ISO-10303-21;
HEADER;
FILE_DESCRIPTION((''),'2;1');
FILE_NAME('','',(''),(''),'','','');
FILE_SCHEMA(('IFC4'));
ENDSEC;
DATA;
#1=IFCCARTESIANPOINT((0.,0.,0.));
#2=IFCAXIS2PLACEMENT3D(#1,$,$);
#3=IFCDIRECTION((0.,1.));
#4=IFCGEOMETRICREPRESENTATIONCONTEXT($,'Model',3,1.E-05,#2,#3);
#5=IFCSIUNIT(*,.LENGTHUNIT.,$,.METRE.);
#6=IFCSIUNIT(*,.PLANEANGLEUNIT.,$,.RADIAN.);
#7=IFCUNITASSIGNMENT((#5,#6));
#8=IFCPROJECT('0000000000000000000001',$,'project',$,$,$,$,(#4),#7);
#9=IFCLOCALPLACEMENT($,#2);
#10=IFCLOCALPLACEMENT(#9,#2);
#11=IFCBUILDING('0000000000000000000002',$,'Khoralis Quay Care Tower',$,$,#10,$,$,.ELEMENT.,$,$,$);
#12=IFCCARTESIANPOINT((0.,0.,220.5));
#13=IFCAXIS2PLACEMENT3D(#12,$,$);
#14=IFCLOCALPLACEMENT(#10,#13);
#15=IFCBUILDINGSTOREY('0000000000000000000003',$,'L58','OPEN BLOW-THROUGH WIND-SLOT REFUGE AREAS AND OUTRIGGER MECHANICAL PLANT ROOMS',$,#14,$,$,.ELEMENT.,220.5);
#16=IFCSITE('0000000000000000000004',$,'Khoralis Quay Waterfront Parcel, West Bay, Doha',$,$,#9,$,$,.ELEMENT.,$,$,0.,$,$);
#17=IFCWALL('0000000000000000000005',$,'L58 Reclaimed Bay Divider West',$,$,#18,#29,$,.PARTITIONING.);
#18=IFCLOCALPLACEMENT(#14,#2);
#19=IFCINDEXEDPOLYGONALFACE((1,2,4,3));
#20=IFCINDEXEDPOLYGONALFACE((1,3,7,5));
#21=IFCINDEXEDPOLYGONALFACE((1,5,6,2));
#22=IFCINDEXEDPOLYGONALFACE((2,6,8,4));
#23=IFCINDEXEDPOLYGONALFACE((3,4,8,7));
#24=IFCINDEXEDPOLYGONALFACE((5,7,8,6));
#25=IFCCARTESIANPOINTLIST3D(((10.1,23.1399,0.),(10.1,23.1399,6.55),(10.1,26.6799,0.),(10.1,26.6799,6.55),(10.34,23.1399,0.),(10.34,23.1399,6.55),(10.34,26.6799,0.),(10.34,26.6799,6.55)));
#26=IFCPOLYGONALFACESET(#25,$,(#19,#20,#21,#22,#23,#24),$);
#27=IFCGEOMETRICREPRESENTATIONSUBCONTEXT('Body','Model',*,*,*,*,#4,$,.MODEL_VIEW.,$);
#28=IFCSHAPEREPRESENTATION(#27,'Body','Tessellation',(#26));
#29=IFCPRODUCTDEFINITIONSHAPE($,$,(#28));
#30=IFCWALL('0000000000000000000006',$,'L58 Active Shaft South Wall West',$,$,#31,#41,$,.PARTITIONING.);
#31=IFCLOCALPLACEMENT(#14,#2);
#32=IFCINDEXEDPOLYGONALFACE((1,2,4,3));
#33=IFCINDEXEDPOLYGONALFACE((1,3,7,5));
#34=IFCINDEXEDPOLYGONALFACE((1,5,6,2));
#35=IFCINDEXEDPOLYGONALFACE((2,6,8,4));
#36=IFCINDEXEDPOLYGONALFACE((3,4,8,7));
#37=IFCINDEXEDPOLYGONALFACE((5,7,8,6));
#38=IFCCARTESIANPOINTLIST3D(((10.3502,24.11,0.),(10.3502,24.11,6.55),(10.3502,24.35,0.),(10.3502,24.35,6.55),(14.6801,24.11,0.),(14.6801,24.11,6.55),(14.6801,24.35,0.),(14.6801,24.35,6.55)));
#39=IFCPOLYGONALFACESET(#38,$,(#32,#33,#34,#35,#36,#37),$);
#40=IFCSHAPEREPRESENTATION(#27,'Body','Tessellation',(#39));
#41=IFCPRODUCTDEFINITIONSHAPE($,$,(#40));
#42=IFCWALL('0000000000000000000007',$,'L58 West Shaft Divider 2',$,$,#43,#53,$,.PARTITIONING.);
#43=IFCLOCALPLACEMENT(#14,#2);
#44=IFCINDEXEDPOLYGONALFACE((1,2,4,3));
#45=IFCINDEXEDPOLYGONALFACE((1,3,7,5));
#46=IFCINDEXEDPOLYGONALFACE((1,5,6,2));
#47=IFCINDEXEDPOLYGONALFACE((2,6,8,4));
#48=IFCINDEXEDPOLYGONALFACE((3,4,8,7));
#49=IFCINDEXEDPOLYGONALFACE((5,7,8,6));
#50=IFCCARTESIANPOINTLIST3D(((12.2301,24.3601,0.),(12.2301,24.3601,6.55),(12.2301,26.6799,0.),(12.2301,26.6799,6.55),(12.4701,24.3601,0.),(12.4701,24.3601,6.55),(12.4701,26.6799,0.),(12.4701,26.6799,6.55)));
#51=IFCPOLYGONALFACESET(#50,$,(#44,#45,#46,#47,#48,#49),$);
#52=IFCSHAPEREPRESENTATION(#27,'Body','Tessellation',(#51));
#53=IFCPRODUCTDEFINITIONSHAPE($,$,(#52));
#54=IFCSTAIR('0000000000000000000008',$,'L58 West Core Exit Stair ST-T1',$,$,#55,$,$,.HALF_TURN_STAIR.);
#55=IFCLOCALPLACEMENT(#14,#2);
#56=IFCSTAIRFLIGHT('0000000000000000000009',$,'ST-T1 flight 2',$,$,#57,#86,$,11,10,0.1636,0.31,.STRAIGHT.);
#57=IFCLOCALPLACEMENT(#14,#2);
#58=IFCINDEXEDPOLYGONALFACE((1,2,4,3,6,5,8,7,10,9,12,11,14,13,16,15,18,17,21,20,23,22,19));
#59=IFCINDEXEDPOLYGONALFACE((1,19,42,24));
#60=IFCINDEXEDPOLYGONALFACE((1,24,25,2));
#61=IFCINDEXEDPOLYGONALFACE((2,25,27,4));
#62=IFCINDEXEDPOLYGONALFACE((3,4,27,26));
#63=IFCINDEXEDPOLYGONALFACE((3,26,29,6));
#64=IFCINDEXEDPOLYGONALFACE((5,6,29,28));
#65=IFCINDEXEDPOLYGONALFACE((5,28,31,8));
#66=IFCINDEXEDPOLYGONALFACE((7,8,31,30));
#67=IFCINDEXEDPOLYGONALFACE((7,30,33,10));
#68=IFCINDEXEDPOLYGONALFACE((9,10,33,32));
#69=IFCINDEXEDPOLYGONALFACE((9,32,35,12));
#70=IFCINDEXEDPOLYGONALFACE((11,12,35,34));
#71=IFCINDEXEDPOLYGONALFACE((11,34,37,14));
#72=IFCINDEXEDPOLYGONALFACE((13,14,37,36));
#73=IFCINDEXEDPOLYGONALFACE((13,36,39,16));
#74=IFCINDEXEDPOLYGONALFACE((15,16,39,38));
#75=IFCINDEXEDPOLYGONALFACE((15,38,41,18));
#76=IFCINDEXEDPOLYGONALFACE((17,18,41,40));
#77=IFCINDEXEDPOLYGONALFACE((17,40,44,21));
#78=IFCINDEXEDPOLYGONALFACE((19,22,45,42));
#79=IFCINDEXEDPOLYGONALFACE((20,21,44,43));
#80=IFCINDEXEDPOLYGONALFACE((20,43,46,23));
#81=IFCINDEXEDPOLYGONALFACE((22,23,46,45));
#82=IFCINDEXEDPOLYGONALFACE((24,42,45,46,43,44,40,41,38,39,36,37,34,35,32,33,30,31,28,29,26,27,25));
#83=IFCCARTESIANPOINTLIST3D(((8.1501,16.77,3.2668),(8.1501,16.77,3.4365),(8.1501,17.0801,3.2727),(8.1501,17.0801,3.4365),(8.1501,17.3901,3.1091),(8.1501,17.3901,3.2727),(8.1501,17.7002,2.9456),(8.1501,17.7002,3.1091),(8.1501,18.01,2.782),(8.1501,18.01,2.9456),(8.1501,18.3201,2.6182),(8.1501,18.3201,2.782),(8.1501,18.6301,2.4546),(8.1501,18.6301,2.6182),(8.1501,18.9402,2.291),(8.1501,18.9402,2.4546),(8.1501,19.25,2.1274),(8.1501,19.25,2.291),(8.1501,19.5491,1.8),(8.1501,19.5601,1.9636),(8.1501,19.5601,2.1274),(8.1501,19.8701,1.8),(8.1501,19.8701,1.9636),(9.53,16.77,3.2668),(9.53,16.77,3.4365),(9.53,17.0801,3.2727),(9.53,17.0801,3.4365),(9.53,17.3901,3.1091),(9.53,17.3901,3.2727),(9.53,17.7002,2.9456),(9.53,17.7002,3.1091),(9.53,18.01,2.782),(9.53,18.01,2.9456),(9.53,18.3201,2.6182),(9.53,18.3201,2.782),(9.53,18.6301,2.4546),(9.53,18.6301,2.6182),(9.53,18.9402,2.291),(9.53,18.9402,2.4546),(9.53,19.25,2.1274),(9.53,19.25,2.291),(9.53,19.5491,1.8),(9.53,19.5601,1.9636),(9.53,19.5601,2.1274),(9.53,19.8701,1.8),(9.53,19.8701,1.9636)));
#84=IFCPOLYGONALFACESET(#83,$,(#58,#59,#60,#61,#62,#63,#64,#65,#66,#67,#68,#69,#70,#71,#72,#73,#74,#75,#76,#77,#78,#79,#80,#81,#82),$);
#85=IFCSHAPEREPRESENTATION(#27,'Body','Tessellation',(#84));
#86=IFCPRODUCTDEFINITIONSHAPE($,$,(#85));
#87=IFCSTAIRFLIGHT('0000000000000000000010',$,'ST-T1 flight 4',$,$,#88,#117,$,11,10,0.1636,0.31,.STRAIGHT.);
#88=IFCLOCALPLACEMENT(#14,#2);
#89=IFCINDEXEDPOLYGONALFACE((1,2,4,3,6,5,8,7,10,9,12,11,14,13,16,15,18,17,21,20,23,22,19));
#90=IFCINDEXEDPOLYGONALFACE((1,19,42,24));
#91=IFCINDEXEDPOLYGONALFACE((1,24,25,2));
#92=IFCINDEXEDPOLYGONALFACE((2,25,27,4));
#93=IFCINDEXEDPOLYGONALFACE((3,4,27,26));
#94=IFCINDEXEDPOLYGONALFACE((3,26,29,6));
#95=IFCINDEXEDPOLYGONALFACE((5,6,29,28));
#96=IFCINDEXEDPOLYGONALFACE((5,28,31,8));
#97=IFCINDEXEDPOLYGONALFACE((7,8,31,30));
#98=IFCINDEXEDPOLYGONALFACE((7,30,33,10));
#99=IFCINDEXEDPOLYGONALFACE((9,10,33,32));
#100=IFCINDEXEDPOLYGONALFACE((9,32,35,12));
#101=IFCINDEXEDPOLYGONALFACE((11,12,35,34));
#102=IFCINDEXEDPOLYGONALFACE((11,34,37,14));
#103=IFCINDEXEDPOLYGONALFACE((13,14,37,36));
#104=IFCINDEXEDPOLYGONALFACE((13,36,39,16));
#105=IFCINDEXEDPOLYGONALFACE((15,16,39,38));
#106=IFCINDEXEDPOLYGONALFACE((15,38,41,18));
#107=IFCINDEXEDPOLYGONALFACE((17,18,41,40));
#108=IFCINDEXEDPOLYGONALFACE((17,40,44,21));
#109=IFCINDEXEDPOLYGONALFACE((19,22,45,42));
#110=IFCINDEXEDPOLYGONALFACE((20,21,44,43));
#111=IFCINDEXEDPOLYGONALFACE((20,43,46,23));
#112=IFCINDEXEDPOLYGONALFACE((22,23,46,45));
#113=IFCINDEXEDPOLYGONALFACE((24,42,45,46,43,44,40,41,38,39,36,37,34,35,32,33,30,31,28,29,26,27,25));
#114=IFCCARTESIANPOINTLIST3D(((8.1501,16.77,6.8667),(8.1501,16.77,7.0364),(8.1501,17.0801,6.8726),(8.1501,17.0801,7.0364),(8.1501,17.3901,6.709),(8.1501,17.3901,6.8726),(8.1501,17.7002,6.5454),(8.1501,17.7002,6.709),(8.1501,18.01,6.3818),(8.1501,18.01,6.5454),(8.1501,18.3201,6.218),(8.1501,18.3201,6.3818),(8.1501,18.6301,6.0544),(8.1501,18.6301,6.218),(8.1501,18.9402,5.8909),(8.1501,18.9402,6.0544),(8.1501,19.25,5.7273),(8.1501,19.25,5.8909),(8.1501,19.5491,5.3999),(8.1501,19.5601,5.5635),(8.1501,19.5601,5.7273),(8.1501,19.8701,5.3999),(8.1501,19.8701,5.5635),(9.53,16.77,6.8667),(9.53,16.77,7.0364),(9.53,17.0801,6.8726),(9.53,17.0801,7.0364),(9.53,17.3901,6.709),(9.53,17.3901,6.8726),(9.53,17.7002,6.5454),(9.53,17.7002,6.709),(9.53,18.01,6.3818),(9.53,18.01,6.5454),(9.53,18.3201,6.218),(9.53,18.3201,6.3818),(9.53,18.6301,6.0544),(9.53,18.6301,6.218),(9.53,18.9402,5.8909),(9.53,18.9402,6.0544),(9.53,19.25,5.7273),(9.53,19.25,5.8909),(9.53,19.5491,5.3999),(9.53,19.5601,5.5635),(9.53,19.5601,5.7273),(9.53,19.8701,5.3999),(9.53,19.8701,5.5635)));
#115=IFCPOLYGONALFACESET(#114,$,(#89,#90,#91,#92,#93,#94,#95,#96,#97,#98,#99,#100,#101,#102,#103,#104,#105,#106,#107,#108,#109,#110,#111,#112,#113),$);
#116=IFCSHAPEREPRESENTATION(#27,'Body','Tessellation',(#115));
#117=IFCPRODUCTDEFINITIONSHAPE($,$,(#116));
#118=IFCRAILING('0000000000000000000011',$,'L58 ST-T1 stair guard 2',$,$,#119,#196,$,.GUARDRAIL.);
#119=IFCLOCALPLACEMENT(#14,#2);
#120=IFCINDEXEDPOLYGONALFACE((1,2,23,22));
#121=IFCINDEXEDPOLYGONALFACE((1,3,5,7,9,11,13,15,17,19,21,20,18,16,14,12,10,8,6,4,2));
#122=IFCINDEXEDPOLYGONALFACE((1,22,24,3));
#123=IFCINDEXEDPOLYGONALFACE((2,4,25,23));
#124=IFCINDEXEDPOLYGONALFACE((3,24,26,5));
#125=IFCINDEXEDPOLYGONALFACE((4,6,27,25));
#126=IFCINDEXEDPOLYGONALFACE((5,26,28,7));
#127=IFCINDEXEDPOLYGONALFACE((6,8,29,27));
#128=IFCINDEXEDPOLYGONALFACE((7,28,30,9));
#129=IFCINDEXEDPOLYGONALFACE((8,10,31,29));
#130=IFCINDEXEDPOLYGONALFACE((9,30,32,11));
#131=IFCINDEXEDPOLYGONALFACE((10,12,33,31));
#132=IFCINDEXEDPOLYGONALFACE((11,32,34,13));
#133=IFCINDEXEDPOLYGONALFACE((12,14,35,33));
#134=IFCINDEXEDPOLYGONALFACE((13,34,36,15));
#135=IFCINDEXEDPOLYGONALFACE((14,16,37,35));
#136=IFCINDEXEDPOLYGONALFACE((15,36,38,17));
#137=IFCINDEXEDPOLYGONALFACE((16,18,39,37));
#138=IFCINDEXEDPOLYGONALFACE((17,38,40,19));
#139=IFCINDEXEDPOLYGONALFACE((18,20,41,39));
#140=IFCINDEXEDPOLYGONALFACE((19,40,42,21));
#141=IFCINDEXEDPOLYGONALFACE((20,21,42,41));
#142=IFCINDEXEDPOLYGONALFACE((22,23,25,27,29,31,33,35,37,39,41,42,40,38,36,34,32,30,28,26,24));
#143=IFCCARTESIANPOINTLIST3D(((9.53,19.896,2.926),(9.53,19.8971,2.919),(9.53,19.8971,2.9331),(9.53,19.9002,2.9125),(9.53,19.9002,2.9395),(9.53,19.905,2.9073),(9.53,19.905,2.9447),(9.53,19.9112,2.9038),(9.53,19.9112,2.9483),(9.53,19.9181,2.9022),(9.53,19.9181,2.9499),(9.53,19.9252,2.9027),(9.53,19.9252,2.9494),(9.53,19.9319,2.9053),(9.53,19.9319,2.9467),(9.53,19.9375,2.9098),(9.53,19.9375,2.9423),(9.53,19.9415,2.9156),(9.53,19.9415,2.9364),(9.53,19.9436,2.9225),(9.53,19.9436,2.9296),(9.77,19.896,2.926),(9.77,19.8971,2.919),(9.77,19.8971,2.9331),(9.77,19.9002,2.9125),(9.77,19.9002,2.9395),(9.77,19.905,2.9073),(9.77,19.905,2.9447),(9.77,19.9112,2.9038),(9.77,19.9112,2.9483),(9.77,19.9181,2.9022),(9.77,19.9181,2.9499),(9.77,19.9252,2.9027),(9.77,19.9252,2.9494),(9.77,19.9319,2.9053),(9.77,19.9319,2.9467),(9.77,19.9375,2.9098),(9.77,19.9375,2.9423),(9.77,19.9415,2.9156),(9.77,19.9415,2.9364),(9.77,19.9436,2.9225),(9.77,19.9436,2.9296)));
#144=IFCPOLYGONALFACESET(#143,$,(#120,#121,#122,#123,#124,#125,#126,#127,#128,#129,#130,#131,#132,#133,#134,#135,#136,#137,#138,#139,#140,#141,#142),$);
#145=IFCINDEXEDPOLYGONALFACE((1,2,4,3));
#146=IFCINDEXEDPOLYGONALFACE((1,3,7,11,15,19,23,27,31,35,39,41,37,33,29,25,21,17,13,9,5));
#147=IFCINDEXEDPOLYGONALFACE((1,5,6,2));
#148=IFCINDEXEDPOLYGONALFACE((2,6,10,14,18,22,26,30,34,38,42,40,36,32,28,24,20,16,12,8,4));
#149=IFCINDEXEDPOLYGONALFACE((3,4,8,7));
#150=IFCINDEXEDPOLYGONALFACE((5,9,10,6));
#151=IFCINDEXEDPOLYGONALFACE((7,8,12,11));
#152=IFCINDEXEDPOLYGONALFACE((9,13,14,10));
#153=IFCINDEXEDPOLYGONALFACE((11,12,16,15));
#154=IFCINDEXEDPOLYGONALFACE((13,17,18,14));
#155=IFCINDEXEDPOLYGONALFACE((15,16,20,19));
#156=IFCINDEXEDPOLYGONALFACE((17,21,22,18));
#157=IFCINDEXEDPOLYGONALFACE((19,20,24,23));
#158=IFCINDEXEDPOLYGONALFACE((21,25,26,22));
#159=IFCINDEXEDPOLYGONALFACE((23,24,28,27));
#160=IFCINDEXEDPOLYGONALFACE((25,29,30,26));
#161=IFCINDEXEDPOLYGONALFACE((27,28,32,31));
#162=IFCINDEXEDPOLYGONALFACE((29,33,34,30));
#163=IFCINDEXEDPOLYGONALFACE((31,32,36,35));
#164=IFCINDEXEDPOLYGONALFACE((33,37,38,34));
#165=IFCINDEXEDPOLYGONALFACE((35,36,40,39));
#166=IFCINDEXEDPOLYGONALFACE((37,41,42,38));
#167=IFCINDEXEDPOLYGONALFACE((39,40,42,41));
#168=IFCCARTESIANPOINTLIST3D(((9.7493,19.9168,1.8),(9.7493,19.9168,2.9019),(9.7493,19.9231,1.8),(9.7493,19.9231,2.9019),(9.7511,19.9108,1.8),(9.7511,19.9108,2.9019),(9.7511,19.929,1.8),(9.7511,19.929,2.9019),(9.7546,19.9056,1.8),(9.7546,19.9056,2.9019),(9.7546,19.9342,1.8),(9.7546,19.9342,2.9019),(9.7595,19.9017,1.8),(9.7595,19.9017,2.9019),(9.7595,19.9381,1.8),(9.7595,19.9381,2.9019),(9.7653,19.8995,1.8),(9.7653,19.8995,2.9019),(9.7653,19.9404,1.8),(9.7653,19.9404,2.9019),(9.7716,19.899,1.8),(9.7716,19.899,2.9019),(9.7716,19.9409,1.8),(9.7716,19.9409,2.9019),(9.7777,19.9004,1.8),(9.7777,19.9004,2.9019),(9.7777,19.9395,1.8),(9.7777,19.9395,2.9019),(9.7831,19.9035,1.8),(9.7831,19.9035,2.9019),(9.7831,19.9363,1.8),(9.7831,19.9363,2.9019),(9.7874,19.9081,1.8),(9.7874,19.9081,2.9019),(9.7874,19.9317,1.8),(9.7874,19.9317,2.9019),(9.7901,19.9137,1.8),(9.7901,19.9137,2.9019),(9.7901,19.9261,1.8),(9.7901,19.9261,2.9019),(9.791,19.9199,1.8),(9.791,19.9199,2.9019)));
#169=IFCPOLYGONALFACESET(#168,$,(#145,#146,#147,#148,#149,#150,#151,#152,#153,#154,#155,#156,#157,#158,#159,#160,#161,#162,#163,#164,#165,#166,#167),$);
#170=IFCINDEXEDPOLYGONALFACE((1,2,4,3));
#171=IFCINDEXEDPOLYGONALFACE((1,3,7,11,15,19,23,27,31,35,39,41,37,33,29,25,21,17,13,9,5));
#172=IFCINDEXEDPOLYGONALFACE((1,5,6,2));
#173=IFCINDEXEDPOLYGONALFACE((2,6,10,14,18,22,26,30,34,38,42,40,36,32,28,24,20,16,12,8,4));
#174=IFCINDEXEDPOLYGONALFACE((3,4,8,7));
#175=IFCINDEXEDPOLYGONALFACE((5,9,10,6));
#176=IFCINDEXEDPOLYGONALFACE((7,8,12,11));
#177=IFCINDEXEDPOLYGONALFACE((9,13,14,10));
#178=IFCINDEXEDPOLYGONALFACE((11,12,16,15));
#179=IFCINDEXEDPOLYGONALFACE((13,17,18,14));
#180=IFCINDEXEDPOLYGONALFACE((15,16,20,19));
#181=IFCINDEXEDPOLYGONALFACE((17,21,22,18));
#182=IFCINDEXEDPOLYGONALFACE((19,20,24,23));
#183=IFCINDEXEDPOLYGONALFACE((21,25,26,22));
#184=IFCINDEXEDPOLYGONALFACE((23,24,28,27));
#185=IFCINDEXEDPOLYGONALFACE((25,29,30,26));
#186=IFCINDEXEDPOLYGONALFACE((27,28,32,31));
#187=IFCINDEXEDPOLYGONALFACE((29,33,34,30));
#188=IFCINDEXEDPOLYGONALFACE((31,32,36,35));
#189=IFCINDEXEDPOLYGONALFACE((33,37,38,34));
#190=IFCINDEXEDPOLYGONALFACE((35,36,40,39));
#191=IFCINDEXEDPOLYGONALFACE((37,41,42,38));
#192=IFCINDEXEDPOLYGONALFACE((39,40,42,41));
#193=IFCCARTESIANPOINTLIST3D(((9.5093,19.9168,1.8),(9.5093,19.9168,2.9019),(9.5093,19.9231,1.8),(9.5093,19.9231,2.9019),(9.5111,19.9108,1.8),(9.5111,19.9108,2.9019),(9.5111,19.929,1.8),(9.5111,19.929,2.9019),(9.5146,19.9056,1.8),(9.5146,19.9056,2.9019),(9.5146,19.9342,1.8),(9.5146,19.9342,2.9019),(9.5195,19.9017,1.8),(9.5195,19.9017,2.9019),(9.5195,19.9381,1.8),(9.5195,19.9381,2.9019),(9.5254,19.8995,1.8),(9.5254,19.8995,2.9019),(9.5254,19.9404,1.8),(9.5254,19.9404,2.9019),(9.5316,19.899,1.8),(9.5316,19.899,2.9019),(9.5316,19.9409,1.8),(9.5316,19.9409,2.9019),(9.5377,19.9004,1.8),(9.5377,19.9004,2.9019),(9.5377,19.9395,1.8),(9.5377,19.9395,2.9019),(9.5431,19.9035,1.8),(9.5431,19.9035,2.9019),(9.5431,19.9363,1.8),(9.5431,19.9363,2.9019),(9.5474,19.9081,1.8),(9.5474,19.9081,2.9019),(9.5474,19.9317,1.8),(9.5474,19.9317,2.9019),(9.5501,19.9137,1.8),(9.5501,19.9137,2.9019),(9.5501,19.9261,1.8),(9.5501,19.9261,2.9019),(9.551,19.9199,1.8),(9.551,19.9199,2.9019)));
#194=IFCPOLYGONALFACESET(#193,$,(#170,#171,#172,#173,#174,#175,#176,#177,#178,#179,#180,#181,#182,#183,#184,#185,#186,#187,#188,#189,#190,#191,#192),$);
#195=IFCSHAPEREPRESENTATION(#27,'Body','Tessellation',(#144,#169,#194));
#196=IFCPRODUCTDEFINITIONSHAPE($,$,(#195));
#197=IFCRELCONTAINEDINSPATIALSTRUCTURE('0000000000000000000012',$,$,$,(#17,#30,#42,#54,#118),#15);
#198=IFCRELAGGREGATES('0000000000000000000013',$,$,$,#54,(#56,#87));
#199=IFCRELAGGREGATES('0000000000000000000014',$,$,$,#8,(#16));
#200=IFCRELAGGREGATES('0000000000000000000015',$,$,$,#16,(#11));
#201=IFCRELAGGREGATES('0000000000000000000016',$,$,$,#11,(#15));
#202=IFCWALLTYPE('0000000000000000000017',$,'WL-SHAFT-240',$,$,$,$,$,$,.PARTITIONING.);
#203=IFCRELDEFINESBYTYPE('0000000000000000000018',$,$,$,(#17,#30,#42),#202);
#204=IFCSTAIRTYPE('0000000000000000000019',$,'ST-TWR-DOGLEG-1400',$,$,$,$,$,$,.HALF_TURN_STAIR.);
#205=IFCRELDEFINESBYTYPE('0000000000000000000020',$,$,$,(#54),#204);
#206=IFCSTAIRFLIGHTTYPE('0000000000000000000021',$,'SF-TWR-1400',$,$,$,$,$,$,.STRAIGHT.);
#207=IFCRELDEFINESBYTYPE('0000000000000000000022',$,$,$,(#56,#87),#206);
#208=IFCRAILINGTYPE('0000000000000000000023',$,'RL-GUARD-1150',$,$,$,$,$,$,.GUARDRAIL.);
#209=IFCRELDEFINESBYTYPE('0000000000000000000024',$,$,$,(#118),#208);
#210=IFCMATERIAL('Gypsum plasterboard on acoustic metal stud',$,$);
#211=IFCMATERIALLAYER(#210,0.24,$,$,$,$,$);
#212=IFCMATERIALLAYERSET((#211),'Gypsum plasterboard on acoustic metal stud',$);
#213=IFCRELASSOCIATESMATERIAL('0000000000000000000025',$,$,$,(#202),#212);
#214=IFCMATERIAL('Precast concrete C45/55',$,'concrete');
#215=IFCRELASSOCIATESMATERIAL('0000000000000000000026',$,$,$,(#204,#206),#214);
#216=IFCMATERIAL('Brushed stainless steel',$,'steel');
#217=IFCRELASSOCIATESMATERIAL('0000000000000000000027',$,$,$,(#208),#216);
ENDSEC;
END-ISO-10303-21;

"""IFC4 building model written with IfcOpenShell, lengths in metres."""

from ifc_helpers import new_model, si_unit, direction, frame, frame_2d, origin, origin_2d, place, context, subcontext, project, spatial, polyline, rectangle, circle, outline, extrude, source, transform, mapped, material, layer, layer_set, type_object, element, aggregate, save


model = new_model("IFC4")

# Units and contexts
model_context = context("Model", 3, precision=1e-05, world=origin(), true_north=direction((0.0, 1.0)))
body_context = subcontext(model_context, "Body", "Model", "MODEL_VIEW")
ifc_project = project(units=[si_unit("LENGTHUNIT", "METRE"), si_unit("PLANEANGLEUNIT", "RADIAN")], contexts=[model_context])

# Site, building, storey
site_placement = place(None, origin())
site = spatial("IfcSite", under=ifc_project, at=site_placement, Name="Khoralis Quay Waterfront Parcel, West Bay, Doha", CompositionType="ELEMENT", RefElevation=0.0)
building_placement = place(site_placement, origin())
building = spatial("IfcBuilding", under=site, at=building_placement, Name="Khoralis Quay Care Tower", CompositionType="ELEMENT")
storey_placement = place(building_placement, frame((0.0, 0.0, 220.5)))
storey = spatial("IfcBuildingStorey", under=building, at=storey_placement, Name="L58", Description="OPEN BLOW-THROUGH WIND-SLOT REFUGE AREAS AND OUTRIGGER MECHANICAL PLANT ROOMS", CompositionType="ELEMENT", Elevation=220.5)

# Shared definitions
ifc_material_1 = material(Name="Gypsum plasterboard on acoustic metal stud")

# Walls
ifc_layer_1 = layer(ifc_material_1, 0.24)
ifc_layer_set_1 = layer_set([ifc_layer_1], Name="Gypsum plasterboard on acoustic metal stud")
wall_type_1 = type_object("IfcWallType", Name="WL-SHAFT-240", PredefinedType="PARTITIONING", material=ifc_layer_set_1)
wall_1_placement = place(storey_placement, frame((10.22, 23.1399, 0.0), z_axis=(0.0, 0.0, 1.0), x_axis=(0.0, 1.0, 0.0)))
element("IfcWall", 1, at=wall_1_placement, inside=storey, type_object=wall_type_1, Name="L58 Reclaimed Bay Divider West", PredefinedType="PARTITIONING", context=body_context, shape_type="SweptSolid", body=[
    extrude(rectangle(XDim=3.54, YDim=0.24, at=frame_2d((1.77, 0.0))), origin(), (0.0, 0.0, 1.0), 6.55),
])
wall_2_placement = place(storey_placement, frame((10.3501, 24.23, 0.0), z_axis=(0.0, 0.0, 1.0), x_axis=(1.0, 0.0, 0.0)))
element("IfcWall", 2, at=wall_2_placement, inside=storey, type_object=wall_type_1, Name="L58 Active Shaft South Wall West", PredefinedType="PARTITIONING", context=body_context, shape_type="SweptSolid", body=[
    extrude(rectangle(XDim=4.3298, YDim=0.24, at=frame_2d((2.165, 0.0))), origin(), (0.0, 0.0, 1.0), 6.55),
])
wall_3_placement = place(storey_placement, frame((12.3501, 24.3601, 0.0), z_axis=(0.0, 0.0, 1.0), x_axis=(0.0, 1.0, 0.0)))
element("IfcWall", 3, at=wall_3_placement, inside=storey, type_object=wall_type_1, Name="L58 West Shaft Divider 2", PredefinedType="PARTITIONING", context=body_context, shape_type="SweptSolid", body=[
    extrude(rectangle(XDim=2.3198, YDim=0.24, at=frame_2d((1.1599, 0.0))), origin(), (0.0, 0.0, 1.0), 6.55),
])

# Stair, stair flights
ifc_material_2 = material(Name="Precast concrete C45/55", Category="concrete")
stair_type = type_object("IfcStairType", Name="ST-TWR-DOGLEG-1400", PredefinedType="HALF_TURN_STAIR", material=ifc_material_2)
stair_placement = place(storey_placement, origin())
stair = element("IfcStair", 4, at=stair_placement, inside=storey, type_object=stair_type, Name="L58 West Core Exit Stair ST-T1", PredefinedType="HALF_TURN_STAIR")
stair_flight_type = type_object("IfcStairFlightType", Name="SF-TWR-1400", PredefinedType="STRAIGHT", material=ifc_material_2)
shared_shape_1 = source(origin(), body_context, "Body", "SweptSolid", [
    extrude(outline(polyline([(0.0, 0.0), (0.0, 0.1636), (0.3101, 0.1636), (0.3101, 0.3274), (0.6201, 0.3274), (0.6201, 0.491), (0.9299, 0.491), (0.9299, 0.6545), (1.24, 0.6545), (1.24, 0.8181), (1.55, 0.8181), (1.55, 0.9819), (1.8601, 0.9819), (1.8601, 1.1455), (2.1699, 1.1455), (2.1699, 1.3091), (2.48, 1.3091), (2.48, 1.4727), (2.79, 1.4727), (2.79, 1.6365), (3.1001, 1.6365), (3.1001, 1.8), (3.1001, 1.4668), (0.321, 0.0), (0.0, 0.0)])), frame((0.0, 0.6899, 0.0), z_axis=(0.0, -1.0, 0.0), x_axis=(1.0, 0.0, 0.0)), (0.0, 0.0, 1.0), 1.3799),
])
stair_flight_1_placement = place(storey_placement, frame((8.8401, 19.8701, 1.8), z_axis=(0.0, 0.0, 1.0), x_axis=(0.0, -1.0, 0.0)))
stair_flight_1 = element("IfcStairFlight", 5, at=stair_flight_1_placement, type_object=stair_flight_type, Name="ST-T1 flight 2", NumberOfRisers=11, NumberOfTreads=10, PredefinedType="STRAIGHT", RiserHeight=0.1636, TreadLength=0.31, context=body_context, shape_type="MappedRepresentation", body=[
    mapped(shared_shape_1, transform((0.0, 0.0, 0.0), scale=1.0)),
])
stair_flight_2_placement = place(storey_placement, frame((8.8401, 19.8701, 5.3999), z_axis=(0.0, 0.0, 1.0), x_axis=(0.0, -1.0, 0.0)))
stair_flight_2 = element("IfcStairFlight", 6, at=stair_flight_2_placement, type_object=stair_flight_type, Name="ST-T1 flight 4", NumberOfRisers=11, NumberOfTreads=10, PredefinedType="STRAIGHT", RiserHeight=0.1636, TreadLength=0.31, context=body_context, shape_type="MappedRepresentation", body=[
    mapped(shared_shape_1, transform((0.0, 0.0, 0.0), scale=1.0)),
])
aggregate(stair, [stair_flight_1, stair_flight_2])

# Railing
ifc_material_3 = material(Name="Brushed stainless steel", Category="steel")
railing_type_1 = type_object("IfcRailingType", Name="RL-GUARD-1150", PredefinedType="GUARDRAIL", material=ifc_material_3)
railing_1_placement = place(storey_placement, frame((9.77, 19.9199, 1.8)))
element("IfcRailing", 7, at=railing_1_placement, inside=storey, type_object=railing_type_1, Name="L58 ST-T1 stair guard 2", PredefinedType="GUARDRAIL", context=body_context, shape_type="SweptSolid", body=[
    extrude(circle(Radius=0.0239, at=origin_2d()), frame((0.0, 0.0, 1.126), z_axis=(-1.0, 0.0, 0.0), x_axis=(0.0, -1.0, 0.0)), (0.0, 0.0, 1.0), 0.24),
    extrude(circle(Radius=0.021, at=origin_2d()), origin(), (0.0, 0.0, 1.0), 1.1018),
    extrude(circle(Radius=0.021, at=origin_2d()), frame((-0.24, 0.0, 0.0)), (0.0, 0.0, 1.0), 1.1018),
])

save(model, "model.ifc")
